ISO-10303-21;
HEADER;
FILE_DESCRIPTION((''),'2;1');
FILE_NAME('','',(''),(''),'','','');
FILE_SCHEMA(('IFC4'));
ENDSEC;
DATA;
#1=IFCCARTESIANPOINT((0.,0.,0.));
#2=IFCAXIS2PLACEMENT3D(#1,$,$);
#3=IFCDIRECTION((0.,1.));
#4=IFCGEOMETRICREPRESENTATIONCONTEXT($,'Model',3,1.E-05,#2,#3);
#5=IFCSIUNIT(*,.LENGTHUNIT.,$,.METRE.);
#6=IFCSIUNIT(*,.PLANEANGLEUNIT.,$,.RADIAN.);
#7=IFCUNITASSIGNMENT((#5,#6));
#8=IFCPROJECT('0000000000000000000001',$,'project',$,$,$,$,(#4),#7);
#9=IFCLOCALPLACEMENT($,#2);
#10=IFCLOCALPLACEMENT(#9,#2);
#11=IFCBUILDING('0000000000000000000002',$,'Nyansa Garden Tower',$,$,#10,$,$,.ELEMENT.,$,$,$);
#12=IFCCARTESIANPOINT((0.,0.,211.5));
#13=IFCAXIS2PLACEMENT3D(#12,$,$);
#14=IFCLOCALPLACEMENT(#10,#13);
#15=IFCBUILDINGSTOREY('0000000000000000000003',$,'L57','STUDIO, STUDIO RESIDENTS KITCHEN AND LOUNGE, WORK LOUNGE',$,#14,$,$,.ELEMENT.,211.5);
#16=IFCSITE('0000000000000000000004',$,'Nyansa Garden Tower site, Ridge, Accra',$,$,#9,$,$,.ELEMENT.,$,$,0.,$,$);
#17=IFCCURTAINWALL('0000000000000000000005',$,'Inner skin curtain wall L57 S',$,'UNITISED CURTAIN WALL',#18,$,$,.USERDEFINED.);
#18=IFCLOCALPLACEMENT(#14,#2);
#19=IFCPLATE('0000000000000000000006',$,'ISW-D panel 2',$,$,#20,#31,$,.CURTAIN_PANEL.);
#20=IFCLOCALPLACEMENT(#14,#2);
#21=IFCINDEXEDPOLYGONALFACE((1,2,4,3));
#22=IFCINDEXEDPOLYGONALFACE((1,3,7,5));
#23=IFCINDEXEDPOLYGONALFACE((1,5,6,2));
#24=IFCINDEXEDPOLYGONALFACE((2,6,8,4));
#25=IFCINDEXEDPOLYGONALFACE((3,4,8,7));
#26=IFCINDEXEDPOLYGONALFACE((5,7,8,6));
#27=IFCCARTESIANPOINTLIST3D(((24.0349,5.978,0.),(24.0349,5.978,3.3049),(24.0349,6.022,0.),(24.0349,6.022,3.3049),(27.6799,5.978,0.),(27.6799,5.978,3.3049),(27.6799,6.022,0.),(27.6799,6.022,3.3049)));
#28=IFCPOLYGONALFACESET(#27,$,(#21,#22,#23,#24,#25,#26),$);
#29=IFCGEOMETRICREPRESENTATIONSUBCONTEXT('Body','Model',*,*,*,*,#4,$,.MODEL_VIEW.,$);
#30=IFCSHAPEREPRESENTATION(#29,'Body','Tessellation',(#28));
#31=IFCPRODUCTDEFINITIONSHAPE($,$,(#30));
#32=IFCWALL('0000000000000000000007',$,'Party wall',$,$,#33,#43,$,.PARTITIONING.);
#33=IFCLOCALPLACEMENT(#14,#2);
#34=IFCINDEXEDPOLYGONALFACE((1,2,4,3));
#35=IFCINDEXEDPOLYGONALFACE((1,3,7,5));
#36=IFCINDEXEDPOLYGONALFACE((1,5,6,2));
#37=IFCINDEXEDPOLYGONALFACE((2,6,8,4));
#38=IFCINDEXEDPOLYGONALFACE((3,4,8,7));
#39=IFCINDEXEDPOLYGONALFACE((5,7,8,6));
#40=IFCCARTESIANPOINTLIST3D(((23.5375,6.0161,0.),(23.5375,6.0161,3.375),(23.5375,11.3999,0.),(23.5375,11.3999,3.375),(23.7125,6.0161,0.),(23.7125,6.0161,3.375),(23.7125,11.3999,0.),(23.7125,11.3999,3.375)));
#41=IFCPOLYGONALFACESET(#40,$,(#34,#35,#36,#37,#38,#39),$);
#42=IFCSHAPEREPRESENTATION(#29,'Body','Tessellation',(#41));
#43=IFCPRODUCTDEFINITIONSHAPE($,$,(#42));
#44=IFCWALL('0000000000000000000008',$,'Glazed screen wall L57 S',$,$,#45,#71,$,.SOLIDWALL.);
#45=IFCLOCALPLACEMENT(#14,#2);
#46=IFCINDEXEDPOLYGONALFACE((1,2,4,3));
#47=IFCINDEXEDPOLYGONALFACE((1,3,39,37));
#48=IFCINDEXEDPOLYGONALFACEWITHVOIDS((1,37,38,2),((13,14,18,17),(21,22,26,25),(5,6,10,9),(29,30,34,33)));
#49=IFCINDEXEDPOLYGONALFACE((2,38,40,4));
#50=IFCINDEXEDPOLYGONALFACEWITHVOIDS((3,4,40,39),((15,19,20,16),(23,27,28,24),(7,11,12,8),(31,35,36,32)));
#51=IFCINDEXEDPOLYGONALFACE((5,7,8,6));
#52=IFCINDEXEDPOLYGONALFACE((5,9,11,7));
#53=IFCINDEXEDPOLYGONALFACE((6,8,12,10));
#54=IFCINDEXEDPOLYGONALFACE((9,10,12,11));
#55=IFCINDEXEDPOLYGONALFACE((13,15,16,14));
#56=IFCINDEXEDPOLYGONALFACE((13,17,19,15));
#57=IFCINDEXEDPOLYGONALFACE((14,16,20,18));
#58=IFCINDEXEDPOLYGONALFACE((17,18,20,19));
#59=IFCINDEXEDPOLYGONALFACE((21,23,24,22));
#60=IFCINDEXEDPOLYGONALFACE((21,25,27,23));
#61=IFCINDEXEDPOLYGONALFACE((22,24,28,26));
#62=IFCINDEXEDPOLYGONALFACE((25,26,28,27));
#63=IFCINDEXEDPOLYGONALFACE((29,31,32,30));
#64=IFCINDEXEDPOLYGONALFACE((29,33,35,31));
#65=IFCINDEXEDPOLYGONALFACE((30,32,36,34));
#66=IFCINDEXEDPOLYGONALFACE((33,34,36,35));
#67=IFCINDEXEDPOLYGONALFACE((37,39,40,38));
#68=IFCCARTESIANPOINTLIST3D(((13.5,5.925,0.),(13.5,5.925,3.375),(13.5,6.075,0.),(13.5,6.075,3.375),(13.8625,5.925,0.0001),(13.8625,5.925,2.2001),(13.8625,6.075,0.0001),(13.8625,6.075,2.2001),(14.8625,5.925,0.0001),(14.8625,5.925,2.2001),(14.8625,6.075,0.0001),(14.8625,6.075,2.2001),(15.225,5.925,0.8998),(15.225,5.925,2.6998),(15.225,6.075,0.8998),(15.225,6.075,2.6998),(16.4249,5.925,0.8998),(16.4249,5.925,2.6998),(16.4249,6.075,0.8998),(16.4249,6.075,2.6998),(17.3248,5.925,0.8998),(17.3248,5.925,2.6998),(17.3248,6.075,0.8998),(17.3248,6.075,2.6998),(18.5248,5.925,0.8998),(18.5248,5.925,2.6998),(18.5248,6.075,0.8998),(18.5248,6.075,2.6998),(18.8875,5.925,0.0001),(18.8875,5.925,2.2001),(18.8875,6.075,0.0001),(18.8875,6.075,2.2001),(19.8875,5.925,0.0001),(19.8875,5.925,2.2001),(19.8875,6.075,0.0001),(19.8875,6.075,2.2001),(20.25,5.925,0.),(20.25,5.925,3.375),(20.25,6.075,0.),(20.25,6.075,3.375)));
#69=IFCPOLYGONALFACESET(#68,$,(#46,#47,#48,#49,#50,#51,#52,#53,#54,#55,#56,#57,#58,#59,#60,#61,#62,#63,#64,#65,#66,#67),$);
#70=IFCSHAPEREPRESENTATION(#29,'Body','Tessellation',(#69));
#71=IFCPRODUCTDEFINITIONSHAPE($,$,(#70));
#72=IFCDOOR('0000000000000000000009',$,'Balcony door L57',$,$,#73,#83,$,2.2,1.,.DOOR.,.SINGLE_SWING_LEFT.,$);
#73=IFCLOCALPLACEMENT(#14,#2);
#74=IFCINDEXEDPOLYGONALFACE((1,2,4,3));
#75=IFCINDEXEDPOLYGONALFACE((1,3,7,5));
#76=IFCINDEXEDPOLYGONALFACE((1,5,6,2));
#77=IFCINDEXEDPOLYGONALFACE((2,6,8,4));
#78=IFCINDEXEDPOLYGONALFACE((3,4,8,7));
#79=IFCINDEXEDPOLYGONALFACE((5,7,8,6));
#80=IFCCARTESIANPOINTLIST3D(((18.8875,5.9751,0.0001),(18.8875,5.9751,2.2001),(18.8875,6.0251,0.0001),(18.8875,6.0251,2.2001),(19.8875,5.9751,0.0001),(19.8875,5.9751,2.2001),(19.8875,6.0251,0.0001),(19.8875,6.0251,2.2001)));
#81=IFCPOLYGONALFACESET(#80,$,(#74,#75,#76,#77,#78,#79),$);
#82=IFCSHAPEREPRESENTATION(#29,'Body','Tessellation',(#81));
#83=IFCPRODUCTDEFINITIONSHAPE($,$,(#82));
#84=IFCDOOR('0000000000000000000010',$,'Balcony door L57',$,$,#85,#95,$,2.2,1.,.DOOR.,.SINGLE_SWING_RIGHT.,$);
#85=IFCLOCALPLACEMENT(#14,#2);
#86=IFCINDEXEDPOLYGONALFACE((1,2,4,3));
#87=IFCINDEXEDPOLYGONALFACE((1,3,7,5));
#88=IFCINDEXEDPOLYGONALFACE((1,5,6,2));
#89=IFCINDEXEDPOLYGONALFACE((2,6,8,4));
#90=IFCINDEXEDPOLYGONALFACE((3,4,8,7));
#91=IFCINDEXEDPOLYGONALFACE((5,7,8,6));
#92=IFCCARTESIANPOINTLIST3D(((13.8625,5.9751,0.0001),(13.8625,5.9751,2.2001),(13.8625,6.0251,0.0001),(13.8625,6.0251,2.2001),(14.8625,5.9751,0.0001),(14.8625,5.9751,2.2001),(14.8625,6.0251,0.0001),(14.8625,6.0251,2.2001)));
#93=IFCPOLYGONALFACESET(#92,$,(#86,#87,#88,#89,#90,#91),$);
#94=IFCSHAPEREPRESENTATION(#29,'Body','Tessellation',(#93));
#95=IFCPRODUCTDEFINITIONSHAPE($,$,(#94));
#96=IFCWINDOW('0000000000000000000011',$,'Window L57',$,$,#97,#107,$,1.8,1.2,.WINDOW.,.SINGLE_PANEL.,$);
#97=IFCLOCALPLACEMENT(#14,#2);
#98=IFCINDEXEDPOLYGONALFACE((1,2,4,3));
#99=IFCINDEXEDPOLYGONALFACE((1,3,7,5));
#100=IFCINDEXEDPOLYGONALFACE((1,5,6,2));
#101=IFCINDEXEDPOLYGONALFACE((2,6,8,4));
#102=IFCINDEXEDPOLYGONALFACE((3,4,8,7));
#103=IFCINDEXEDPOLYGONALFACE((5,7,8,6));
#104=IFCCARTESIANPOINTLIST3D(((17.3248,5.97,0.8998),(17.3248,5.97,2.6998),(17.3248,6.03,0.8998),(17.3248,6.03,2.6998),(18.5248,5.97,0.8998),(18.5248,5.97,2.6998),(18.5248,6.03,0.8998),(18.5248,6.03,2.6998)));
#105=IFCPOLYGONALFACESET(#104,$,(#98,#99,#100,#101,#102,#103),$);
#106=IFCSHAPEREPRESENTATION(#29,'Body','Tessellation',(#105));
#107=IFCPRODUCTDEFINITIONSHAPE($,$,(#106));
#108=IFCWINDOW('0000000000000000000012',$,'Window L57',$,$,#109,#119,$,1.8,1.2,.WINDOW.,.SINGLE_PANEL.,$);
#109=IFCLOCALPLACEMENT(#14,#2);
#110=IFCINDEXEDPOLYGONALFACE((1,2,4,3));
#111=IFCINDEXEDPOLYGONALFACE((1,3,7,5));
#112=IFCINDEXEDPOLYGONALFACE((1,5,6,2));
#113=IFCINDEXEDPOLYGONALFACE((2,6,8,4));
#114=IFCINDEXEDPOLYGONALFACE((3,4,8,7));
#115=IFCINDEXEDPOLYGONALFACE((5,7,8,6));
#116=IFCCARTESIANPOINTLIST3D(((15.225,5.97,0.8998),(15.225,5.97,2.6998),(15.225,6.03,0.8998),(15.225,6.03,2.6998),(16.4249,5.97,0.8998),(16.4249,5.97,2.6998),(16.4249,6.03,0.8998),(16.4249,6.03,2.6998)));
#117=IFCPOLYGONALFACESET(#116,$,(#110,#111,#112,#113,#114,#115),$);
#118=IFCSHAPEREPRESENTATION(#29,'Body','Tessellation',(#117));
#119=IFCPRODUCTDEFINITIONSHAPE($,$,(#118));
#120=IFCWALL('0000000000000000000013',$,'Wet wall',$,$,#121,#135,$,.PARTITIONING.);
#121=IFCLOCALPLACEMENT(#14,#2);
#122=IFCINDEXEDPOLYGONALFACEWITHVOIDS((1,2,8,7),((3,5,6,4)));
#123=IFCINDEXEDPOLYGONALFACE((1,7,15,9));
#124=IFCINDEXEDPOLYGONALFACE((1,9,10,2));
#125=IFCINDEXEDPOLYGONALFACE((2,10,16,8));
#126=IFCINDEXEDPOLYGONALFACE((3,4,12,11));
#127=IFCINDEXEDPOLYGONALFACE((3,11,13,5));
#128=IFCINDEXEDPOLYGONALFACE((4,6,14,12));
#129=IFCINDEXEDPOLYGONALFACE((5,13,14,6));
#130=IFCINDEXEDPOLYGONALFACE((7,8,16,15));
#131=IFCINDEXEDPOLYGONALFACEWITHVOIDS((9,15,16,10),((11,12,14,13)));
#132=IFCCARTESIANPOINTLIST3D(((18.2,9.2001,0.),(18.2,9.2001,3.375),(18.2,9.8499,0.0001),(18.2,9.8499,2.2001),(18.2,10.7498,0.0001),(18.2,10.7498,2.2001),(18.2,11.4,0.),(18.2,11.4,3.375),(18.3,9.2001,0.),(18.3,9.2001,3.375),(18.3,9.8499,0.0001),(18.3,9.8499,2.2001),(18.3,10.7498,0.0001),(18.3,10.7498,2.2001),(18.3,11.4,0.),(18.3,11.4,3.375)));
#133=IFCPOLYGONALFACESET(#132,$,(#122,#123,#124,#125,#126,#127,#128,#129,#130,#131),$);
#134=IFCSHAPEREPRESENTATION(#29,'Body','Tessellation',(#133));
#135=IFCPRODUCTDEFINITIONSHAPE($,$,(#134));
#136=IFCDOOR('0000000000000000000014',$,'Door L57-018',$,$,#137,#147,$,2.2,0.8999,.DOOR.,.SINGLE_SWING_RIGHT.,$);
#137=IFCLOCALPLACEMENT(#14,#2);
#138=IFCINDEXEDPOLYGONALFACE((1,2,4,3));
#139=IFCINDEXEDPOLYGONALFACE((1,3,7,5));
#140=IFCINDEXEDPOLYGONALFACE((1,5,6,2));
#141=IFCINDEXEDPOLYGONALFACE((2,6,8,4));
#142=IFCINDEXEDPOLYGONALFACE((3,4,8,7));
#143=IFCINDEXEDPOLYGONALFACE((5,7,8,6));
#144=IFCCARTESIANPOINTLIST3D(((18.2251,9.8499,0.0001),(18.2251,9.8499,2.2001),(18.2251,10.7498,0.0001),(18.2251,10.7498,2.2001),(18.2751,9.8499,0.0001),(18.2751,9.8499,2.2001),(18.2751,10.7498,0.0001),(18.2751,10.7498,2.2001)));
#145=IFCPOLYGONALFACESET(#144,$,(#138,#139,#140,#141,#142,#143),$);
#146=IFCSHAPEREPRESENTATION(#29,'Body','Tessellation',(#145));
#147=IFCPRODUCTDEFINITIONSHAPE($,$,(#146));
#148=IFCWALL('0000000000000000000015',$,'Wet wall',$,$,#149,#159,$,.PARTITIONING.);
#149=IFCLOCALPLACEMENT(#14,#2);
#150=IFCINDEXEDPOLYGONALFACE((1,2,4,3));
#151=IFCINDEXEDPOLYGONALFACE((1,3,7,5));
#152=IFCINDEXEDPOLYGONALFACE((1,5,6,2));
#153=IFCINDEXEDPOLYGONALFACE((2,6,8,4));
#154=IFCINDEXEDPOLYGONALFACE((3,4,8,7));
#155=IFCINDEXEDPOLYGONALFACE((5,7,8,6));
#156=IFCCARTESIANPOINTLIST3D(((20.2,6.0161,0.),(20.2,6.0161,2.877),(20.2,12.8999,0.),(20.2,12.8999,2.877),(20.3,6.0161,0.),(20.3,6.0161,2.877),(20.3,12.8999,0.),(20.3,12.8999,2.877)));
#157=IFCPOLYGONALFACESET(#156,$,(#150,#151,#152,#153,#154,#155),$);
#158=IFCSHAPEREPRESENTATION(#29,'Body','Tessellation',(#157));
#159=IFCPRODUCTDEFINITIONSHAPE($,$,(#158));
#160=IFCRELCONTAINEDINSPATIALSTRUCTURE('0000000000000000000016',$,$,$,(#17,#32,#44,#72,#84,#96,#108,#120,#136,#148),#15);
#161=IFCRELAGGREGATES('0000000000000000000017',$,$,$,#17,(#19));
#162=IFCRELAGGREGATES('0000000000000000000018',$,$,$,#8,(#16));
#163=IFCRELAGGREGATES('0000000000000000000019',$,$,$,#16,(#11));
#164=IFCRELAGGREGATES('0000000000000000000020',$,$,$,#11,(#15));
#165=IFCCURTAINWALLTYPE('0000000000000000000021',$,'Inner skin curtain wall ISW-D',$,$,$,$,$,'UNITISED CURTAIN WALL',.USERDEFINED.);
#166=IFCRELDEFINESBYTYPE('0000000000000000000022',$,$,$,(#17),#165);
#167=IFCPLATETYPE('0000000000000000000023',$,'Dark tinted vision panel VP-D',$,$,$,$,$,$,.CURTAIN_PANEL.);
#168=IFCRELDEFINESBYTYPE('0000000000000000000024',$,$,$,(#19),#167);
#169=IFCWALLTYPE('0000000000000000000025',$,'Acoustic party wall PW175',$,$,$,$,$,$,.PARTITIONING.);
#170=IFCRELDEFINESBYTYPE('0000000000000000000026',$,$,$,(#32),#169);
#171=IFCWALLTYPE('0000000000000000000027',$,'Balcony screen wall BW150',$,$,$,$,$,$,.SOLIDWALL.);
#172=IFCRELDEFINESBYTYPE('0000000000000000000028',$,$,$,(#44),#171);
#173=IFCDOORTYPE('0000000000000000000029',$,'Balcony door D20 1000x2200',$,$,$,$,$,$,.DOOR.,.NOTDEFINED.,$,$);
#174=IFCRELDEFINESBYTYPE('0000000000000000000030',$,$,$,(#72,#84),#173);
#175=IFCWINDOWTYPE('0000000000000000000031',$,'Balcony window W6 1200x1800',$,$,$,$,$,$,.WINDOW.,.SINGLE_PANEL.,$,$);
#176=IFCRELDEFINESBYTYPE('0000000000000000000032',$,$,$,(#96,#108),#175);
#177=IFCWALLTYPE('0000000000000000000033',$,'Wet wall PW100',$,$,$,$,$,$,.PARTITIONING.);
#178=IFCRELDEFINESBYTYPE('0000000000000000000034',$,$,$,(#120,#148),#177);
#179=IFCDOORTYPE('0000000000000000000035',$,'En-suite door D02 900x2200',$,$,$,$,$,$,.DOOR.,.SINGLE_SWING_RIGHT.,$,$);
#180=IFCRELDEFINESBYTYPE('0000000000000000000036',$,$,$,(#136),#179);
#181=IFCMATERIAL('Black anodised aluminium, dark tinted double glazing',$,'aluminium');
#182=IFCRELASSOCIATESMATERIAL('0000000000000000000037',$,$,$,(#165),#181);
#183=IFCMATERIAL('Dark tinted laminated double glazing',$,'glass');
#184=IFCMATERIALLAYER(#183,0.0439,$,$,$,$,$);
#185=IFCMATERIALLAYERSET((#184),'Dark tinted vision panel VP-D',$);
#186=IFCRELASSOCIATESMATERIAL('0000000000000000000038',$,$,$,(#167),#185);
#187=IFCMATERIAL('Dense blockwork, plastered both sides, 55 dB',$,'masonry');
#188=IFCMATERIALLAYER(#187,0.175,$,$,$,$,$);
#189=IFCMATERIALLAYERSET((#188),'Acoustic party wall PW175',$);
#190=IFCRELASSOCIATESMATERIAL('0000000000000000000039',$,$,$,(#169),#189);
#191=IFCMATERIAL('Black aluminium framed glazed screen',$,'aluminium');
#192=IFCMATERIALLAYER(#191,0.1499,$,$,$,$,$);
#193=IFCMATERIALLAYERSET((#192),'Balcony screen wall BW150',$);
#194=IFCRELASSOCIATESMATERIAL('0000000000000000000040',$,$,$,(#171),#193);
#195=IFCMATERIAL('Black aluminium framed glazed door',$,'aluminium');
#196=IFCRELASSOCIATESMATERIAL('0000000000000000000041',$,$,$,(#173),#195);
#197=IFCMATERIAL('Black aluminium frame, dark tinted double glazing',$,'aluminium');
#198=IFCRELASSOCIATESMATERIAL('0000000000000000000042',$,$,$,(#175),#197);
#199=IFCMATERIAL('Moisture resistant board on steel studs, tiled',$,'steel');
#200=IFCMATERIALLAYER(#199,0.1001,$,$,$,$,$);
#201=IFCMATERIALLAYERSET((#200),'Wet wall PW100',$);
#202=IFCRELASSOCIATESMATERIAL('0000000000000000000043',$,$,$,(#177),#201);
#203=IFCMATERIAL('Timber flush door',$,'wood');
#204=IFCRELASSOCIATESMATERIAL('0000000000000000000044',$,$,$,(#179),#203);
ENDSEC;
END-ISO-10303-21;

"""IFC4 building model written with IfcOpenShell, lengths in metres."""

from ifc_helpers import new_model, si_unit, direction, frame, frame_2d, origin, origin_2d, place, context, subcontext, project, spatial, rectangle, extrude, material, layer, layer_set, type_object, element, fill, aggregate, save


model = new_model("IFC4")

# Units and contexts
model_context = context("Model", 3, precision=1e-05, world=origin(), true_north=direction((0.0, 1.0)))
body_context = subcontext(model_context, "Body", "Model", "MODEL_VIEW")
ifc_project = project(units=[si_unit("LENGTHUNIT", "METRE"), si_unit("PLANEANGLEUNIT", "RADIAN")], contexts=[model_context])

# Site, building, storey
site_placement = place(None, origin())
site = spatial("IfcSite", under=ifc_project, at=site_placement, Name="Nyansa Garden Tower site, Ridge, Accra", CompositionType="ELEMENT", RefElevation=0.0)
building_placement = place(site_placement, origin())
building = spatial("IfcBuilding", under=site, at=building_placement, Name="Nyansa Garden Tower", CompositionType="ELEMENT")
storey_placement = place(building_placement, frame((0.0, 0.0, 211.5)))
storey = spatial("IfcBuildingStorey", under=building, at=storey_placement, Name="L57", Description="STUDIO, STUDIO RESIDENTS KITCHEN AND LOUNGE, WORK LOUNGE", CompositionType="ELEMENT", Elevation=211.5)

# Curtain wall
ifc_material_1 = material(Name="Black anodised aluminium, dark tinted double glazing", Category="aluminium")
curtain_wall_type = type_object("IfcCurtainWallType", Name="Inner skin curtain wall ISW-D", ElementType="UNITISED CURTAIN WALL", PredefinedType="USERDEFINED", material=ifc_material_1)
curtain_wall_placement = place(storey_placement, origin())
curtain_wall = element("IfcCurtainWall", 1, at=curtain_wall_placement, inside=storey, type_object=curtain_wall_type, Name="Inner skin curtain wall L57 S", ObjectType="UNITISED CURTAIN WALL", PredefinedType="USERDEFINED")

# Plate
ifc_material_2 = material(Name="Dark tinted laminated double glazing", Category="glass")
ifc_layer_1 = layer(ifc_material_2, 0.0439)
ifc_layer_set_1 = layer_set([ifc_layer_1], Name="Dark tinted vision panel VP-D")
plate_type = type_object("IfcPlateType", Name="Dark tinted vision panel VP-D", PredefinedType="CURTAIN_PANEL", material=ifc_layer_set_1)
plate_1_placement = place(storey_placement, frame((25.8574, 6.0, 0.0), z_axis=(0.0, 0.0, 1.0), x_axis=(1.0, 0.0, 0.0)))
plate_1 = element("IfcPlate", 2, at=plate_1_placement, type_object=plate_type, Name="ISW-D panel 2", PredefinedType="CURTAIN_PANEL", context=body_context, shape_type="SweptSolid", body=[
    extrude(rectangle(XDim=3.645, YDim=0.0439, at=origin_2d()), origin(), (0.0, 0.0, 1.0), 3.3049),
])
aggregate(curtain_wall, [plate_1])

# Wall
ifc_material_3 = material(Name="Dense blockwork, plastered both sides, 55 dB", Category="masonry")
ifc_layer_2 = layer(ifc_material_3, 0.175)
ifc_layer_set_2 = layer_set([ifc_layer_2], Name="Acoustic party wall PW175")
wall_type_1 = type_object("IfcWallType", Name="Acoustic party wall PW175", PredefinedType="PARTITIONING", material=ifc_layer_set_2)
wall_1_placement = place(storey_placement, frame((23.625, 6.0161, 0.0), z_axis=(0.0, 0.0, 1.0), x_axis=(0.0, 1.0, 0.0)))
element("IfcWall", 3, at=wall_1_placement, inside=storey, type_object=wall_type_1, Name="Party wall", PredefinedType="PARTITIONING", context=body_context, shape_type="SweptSolid", body=[
    extrude(rectangle(XDim=5.3838, YDim=0.175, at=frame_2d((2.6919, 0.0))), origin(), (0.0, 0.0, 1.0), 3.375),
])

# Wall, openings, doors, windows
ifc_material_4 = material(Name="Black aluminium framed glazed screen", Category="aluminium")
ifc_layer_3 = layer(ifc_material_4, 0.1499)
ifc_layer_set_3 = layer_set([ifc_layer_3], Name="Balcony screen wall BW150")
wall_type_2 = type_object("IfcWallType", Name="Balcony screen wall BW150", PredefinedType="SOLIDWALL", material=ifc_layer_set_3)
wall_2_placement = place(storey_placement, frame((20.25, 6.0, 0.0), z_axis=(0.0, 0.0, 1.0), x_axis=(-1.0, 0.0, 0.0)))
wall_2 = element("IfcWall", 4, at=wall_2_placement, inside=storey, type_object=wall_type_2, Name="Glazed screen wall L57 S", PredefinedType="SOLIDWALL", context=body_context, shape_type="SweptSolid", body=[
    extrude(rectangle(XDim=6.75, YDim=0.1499, at=frame_2d((3.375, 0.0))), origin(), (0.0, 0.0, 1.0), 3.375),
])
opening_1_placement = place(wall_2_placement, frame((0.3625, 0.0, 0.0)))
opening_1 = element("IfcOpeningElement", 5, at=opening_1_placement, cuts=wall_2, PredefinedType="OPENING", context=body_context, shape_type="SweptSolid", body=[
    extrude(rectangle(XDim=1.0, YDim=2.2, at=frame_2d((0.5, 1.1001))), frame((0.0, 0.085, 0.0), z_axis=(0.0, -1.0, 0.0), x_axis=(1.0, 0.0, 0.0)), (0.0, 0.0, 1.0), 0.1699),
])
opening_2_placement = place(wall_2_placement, frame((1.7251, 0.0, 0.8999)))
opening_2 = element("IfcOpeningElement", 6, at=opening_2_placement, cuts=wall_2, PredefinedType="OPENING", context=body_context, shape_type="SweptSolid", body=[
    extrude(rectangle(XDim=1.2, YDim=1.8, at=frame_2d((0.6001, 0.8999))), frame((0.0, 0.085, 0.0), z_axis=(0.0, -1.0, 0.0), x_axis=(1.0, 0.0, 0.0)), (0.0, 0.0, 1.0), 0.1699),
])
opening_3_placement = place(wall_2_placement, frame((5.3875, 0.0, 0.0)))
opening_3 = element("IfcOpeningElement", 7, at=opening_3_placement, cuts=wall_2, PredefinedType="OPENING", context=body_context, shape_type="SweptSolid", body=[
    extrude(rectangle(XDim=1.0, YDim=2.2, at=frame_2d((0.5, 1.1001))), frame((0.0, 0.085, 0.0), z_axis=(0.0, -1.0, 0.0), x_axis=(1.0, 0.0, 0.0)), (0.0, 0.0, 1.0), 0.1699),
])
opening_4_placement = place(wall_2_placement, frame((3.825, 0.0, 0.8999)))
opening_4 = element("IfcOpeningElement", 8, at=opening_4_placement, cuts=wall_2, PredefinedType="OPENING", context=body_context, shape_type="SweptSolid", body=[
    extrude(rectangle(XDim=1.2, YDim=1.8, at=frame_2d((0.6001, 0.8999))), frame((0.0, 0.085, 0.0), z_axis=(0.0, -1.0, 0.0), x_axis=(1.0, 0.0, 0.0)), (0.0, 0.0, 1.0), 0.1699),
])
ifc_material_5 = material(Name="Black aluminium framed glazed door", Category="aluminium")
door_type_1 = type_object("IfcDoorType", Name="Balcony door D20 1000x2200", OperationType="NOTDEFINED", PredefinedType="DOOR", material=ifc_material_5)
door_1_placement = place(opening_1_placement, origin())
door_1 = element("IfcDoor", 9, at=door_1_placement, inside=storey, type_object=door_type_1, Name="Balcony door L57", OperationType="SINGLE_SWING_LEFT", OverallHeight=2.2, OverallWidth=1.0, PredefinedType="DOOR", context=body_context, shape_type="SweptSolid", body=[
    extrude(rectangle(XDim=1.0, YDim=2.2, at=frame_2d((0.5, 1.1001))), frame((0.0, 0.0249, 0.0), z_axis=(0.0, -1.0, 0.0), x_axis=(1.0, 0.0, 0.0)), (0.0, 0.0, 1.0), 0.05),
])
fill(opening_1, door_1)
door_2_placement = place(opening_3_placement, origin())
door_2 = element("IfcDoor", 10, at=door_2_placement, inside=storey, type_object=door_type_1, Name="Balcony door L57", OperationType="SINGLE_SWING_RIGHT", OverallHeight=2.2, OverallWidth=1.0, PredefinedType="DOOR", context=body_context, shape_type="SweptSolid", body=[
    extrude(rectangle(XDim=1.0, YDim=2.2, at=frame_2d((0.5, 1.1001))), frame((0.0, 0.0249, 0.0), z_axis=(0.0, -1.0, 0.0), x_axis=(1.0, 0.0, 0.0)), (0.0, 0.0, 1.0), 0.05),
])
fill(opening_3, door_2)
ifc_material_6 = material(Name="Black aluminium frame, dark tinted double glazing", Category="aluminium")
window_type = type_object("IfcWindowType", Name="Balcony window W6 1200x1800", PartitioningType="SINGLE_PANEL", PredefinedType="WINDOW", material=ifc_material_6)
window_1_placement = place(opening_2_placement, origin())
window_1 = element("IfcWindow", 11, at=window_1_placement, inside=storey, type_object=window_type, Name="Window L57", OverallHeight=1.8, OverallWidth=1.2, PartitioningType="SINGLE_PANEL", PredefinedType="WINDOW", context=body_context, shape_type="SweptSolid", body=[
    extrude(rectangle(XDim=1.2, YDim=1.8, at=frame_2d((0.6001, 0.8999))), frame((0.0, 0.03, 0.0), z_axis=(0.0, -1.0, 0.0), x_axis=(1.0, 0.0, 0.0)), (0.0, 0.0, 1.0), 0.0601),
])
fill(opening_2, window_1)
window_2_placement = place(opening_4_placement, origin())
window_2 = element("IfcWindow", 12, at=window_2_placement, inside=storey, type_object=window_type, Name="Window L57", OverallHeight=1.8, OverallWidth=1.2, PartitioningType="SINGLE_PANEL", PredefinedType="WINDOW", context=body_context, shape_type="SweptSolid", body=[
    extrude(rectangle(XDim=1.2, YDim=1.8, at=frame_2d((0.6001, 0.8999))), frame((0.0, 0.03, 0.0), z_axis=(0.0, -1.0, 0.0), x_axis=(1.0, 0.0, 0.0)), (0.0, 0.0, 1.0), 0.0601),
])
fill(opening_4, window_2)

# Wall, opening, door
ifc_material_7 = material(Name="Moisture resistant board on steel studs, tiled", Category="steel")
ifc_layer_4 = layer(ifc_material_7, 0.1001)
ifc_layer_set_4 = layer_set([ifc_layer_4], Name="Wet wall PW100")
wall_type_3 = type_object("IfcWallType", Name="Wet wall PW100", PredefinedType="PARTITIONING", material=ifc_layer_set_4)
wall_3_placement = place(storey_placement, frame((18.25, 9.2, 0.0), z_axis=(0.0, 0.0, 1.0), x_axis=(0.0, 1.0, 0.0)))
wall_3 = element("IfcWall", 13, at=wall_3_placement, inside=storey, type_object=wall_type_3, Name="Wet wall", PredefinedType="PARTITIONING", context=body_context, shape_type="SweptSolid", body=[
    extrude(rectangle(XDim=2.2, YDim=0.1001, at=frame_2d((1.1001, 0.0))), origin(), (0.0, 0.0, 1.0), 3.375),
])
opening_5_placement = place(wall_3_placement, frame((0.6499, 0.0, 0.0)))
opening_5 = element("IfcOpeningElement", 14, at=opening_5_placement, cuts=wall_3, PredefinedType="OPENING", context=body_context, shape_type="SweptSolid", body=[
    extrude(rectangle(XDim=0.8999, YDim=2.2, at=frame_2d((0.45, 1.1001))), frame((0.0, 0.0601, 0.0), z_axis=(0.0, -1.0, 0.0), x_axis=(1.0, 0.0, 0.0)), (0.0, 0.0, 1.0), 0.1201),
])
ifc_material_8 = material(Name="Timber flush door", Category="wood")
door_type_2 = type_object("IfcDoorType", Name="En-suite door D02 900x2200", OperationType="SINGLE_SWING_RIGHT", PredefinedType="DOOR", material=ifc_material_8)
door_3_placement = place(opening_5_placement, origin())
door_3 = element("IfcDoor", 15, at=door_3_placement, inside=storey, type_object=door_type_2, Name="Door L57-018", OperationType="SINGLE_SWING_RIGHT", OverallHeight=2.2, OverallWidth=0.8999, PredefinedType="DOOR", context=body_context, shape_type="SweptSolid", body=[
    extrude(rectangle(XDim=0.8999, YDim=2.2, at=frame_2d((0.45, 1.1001))), frame((0.0, 0.0249, 0.0), z_axis=(0.0, -1.0, 0.0), x_axis=(1.0, 0.0, 0.0)), (0.0, 0.0, 1.0), 0.05),
])
fill(opening_5, door_3)

# Wall
wall_4_placement = place(storey_placement, frame((20.25, 6.0161, 0.0), z_axis=(0.0, 0.0, 1.0), x_axis=(0.0, 1.0, 0.0)))
element("IfcWall", 16, at=wall_4_placement, inside=storey, type_object=wall_type_3, Name="Wet wall", PredefinedType="PARTITIONING", context=body_context, shape_type="SweptSolid", body=[
    extrude(rectangle(XDim=6.8838, YDim=0.1001, at=frame_2d((3.4419, 0.0))), origin(), (0.0, 0.0, 1.0), 2.877),
])

save(model, "model.ifc")
